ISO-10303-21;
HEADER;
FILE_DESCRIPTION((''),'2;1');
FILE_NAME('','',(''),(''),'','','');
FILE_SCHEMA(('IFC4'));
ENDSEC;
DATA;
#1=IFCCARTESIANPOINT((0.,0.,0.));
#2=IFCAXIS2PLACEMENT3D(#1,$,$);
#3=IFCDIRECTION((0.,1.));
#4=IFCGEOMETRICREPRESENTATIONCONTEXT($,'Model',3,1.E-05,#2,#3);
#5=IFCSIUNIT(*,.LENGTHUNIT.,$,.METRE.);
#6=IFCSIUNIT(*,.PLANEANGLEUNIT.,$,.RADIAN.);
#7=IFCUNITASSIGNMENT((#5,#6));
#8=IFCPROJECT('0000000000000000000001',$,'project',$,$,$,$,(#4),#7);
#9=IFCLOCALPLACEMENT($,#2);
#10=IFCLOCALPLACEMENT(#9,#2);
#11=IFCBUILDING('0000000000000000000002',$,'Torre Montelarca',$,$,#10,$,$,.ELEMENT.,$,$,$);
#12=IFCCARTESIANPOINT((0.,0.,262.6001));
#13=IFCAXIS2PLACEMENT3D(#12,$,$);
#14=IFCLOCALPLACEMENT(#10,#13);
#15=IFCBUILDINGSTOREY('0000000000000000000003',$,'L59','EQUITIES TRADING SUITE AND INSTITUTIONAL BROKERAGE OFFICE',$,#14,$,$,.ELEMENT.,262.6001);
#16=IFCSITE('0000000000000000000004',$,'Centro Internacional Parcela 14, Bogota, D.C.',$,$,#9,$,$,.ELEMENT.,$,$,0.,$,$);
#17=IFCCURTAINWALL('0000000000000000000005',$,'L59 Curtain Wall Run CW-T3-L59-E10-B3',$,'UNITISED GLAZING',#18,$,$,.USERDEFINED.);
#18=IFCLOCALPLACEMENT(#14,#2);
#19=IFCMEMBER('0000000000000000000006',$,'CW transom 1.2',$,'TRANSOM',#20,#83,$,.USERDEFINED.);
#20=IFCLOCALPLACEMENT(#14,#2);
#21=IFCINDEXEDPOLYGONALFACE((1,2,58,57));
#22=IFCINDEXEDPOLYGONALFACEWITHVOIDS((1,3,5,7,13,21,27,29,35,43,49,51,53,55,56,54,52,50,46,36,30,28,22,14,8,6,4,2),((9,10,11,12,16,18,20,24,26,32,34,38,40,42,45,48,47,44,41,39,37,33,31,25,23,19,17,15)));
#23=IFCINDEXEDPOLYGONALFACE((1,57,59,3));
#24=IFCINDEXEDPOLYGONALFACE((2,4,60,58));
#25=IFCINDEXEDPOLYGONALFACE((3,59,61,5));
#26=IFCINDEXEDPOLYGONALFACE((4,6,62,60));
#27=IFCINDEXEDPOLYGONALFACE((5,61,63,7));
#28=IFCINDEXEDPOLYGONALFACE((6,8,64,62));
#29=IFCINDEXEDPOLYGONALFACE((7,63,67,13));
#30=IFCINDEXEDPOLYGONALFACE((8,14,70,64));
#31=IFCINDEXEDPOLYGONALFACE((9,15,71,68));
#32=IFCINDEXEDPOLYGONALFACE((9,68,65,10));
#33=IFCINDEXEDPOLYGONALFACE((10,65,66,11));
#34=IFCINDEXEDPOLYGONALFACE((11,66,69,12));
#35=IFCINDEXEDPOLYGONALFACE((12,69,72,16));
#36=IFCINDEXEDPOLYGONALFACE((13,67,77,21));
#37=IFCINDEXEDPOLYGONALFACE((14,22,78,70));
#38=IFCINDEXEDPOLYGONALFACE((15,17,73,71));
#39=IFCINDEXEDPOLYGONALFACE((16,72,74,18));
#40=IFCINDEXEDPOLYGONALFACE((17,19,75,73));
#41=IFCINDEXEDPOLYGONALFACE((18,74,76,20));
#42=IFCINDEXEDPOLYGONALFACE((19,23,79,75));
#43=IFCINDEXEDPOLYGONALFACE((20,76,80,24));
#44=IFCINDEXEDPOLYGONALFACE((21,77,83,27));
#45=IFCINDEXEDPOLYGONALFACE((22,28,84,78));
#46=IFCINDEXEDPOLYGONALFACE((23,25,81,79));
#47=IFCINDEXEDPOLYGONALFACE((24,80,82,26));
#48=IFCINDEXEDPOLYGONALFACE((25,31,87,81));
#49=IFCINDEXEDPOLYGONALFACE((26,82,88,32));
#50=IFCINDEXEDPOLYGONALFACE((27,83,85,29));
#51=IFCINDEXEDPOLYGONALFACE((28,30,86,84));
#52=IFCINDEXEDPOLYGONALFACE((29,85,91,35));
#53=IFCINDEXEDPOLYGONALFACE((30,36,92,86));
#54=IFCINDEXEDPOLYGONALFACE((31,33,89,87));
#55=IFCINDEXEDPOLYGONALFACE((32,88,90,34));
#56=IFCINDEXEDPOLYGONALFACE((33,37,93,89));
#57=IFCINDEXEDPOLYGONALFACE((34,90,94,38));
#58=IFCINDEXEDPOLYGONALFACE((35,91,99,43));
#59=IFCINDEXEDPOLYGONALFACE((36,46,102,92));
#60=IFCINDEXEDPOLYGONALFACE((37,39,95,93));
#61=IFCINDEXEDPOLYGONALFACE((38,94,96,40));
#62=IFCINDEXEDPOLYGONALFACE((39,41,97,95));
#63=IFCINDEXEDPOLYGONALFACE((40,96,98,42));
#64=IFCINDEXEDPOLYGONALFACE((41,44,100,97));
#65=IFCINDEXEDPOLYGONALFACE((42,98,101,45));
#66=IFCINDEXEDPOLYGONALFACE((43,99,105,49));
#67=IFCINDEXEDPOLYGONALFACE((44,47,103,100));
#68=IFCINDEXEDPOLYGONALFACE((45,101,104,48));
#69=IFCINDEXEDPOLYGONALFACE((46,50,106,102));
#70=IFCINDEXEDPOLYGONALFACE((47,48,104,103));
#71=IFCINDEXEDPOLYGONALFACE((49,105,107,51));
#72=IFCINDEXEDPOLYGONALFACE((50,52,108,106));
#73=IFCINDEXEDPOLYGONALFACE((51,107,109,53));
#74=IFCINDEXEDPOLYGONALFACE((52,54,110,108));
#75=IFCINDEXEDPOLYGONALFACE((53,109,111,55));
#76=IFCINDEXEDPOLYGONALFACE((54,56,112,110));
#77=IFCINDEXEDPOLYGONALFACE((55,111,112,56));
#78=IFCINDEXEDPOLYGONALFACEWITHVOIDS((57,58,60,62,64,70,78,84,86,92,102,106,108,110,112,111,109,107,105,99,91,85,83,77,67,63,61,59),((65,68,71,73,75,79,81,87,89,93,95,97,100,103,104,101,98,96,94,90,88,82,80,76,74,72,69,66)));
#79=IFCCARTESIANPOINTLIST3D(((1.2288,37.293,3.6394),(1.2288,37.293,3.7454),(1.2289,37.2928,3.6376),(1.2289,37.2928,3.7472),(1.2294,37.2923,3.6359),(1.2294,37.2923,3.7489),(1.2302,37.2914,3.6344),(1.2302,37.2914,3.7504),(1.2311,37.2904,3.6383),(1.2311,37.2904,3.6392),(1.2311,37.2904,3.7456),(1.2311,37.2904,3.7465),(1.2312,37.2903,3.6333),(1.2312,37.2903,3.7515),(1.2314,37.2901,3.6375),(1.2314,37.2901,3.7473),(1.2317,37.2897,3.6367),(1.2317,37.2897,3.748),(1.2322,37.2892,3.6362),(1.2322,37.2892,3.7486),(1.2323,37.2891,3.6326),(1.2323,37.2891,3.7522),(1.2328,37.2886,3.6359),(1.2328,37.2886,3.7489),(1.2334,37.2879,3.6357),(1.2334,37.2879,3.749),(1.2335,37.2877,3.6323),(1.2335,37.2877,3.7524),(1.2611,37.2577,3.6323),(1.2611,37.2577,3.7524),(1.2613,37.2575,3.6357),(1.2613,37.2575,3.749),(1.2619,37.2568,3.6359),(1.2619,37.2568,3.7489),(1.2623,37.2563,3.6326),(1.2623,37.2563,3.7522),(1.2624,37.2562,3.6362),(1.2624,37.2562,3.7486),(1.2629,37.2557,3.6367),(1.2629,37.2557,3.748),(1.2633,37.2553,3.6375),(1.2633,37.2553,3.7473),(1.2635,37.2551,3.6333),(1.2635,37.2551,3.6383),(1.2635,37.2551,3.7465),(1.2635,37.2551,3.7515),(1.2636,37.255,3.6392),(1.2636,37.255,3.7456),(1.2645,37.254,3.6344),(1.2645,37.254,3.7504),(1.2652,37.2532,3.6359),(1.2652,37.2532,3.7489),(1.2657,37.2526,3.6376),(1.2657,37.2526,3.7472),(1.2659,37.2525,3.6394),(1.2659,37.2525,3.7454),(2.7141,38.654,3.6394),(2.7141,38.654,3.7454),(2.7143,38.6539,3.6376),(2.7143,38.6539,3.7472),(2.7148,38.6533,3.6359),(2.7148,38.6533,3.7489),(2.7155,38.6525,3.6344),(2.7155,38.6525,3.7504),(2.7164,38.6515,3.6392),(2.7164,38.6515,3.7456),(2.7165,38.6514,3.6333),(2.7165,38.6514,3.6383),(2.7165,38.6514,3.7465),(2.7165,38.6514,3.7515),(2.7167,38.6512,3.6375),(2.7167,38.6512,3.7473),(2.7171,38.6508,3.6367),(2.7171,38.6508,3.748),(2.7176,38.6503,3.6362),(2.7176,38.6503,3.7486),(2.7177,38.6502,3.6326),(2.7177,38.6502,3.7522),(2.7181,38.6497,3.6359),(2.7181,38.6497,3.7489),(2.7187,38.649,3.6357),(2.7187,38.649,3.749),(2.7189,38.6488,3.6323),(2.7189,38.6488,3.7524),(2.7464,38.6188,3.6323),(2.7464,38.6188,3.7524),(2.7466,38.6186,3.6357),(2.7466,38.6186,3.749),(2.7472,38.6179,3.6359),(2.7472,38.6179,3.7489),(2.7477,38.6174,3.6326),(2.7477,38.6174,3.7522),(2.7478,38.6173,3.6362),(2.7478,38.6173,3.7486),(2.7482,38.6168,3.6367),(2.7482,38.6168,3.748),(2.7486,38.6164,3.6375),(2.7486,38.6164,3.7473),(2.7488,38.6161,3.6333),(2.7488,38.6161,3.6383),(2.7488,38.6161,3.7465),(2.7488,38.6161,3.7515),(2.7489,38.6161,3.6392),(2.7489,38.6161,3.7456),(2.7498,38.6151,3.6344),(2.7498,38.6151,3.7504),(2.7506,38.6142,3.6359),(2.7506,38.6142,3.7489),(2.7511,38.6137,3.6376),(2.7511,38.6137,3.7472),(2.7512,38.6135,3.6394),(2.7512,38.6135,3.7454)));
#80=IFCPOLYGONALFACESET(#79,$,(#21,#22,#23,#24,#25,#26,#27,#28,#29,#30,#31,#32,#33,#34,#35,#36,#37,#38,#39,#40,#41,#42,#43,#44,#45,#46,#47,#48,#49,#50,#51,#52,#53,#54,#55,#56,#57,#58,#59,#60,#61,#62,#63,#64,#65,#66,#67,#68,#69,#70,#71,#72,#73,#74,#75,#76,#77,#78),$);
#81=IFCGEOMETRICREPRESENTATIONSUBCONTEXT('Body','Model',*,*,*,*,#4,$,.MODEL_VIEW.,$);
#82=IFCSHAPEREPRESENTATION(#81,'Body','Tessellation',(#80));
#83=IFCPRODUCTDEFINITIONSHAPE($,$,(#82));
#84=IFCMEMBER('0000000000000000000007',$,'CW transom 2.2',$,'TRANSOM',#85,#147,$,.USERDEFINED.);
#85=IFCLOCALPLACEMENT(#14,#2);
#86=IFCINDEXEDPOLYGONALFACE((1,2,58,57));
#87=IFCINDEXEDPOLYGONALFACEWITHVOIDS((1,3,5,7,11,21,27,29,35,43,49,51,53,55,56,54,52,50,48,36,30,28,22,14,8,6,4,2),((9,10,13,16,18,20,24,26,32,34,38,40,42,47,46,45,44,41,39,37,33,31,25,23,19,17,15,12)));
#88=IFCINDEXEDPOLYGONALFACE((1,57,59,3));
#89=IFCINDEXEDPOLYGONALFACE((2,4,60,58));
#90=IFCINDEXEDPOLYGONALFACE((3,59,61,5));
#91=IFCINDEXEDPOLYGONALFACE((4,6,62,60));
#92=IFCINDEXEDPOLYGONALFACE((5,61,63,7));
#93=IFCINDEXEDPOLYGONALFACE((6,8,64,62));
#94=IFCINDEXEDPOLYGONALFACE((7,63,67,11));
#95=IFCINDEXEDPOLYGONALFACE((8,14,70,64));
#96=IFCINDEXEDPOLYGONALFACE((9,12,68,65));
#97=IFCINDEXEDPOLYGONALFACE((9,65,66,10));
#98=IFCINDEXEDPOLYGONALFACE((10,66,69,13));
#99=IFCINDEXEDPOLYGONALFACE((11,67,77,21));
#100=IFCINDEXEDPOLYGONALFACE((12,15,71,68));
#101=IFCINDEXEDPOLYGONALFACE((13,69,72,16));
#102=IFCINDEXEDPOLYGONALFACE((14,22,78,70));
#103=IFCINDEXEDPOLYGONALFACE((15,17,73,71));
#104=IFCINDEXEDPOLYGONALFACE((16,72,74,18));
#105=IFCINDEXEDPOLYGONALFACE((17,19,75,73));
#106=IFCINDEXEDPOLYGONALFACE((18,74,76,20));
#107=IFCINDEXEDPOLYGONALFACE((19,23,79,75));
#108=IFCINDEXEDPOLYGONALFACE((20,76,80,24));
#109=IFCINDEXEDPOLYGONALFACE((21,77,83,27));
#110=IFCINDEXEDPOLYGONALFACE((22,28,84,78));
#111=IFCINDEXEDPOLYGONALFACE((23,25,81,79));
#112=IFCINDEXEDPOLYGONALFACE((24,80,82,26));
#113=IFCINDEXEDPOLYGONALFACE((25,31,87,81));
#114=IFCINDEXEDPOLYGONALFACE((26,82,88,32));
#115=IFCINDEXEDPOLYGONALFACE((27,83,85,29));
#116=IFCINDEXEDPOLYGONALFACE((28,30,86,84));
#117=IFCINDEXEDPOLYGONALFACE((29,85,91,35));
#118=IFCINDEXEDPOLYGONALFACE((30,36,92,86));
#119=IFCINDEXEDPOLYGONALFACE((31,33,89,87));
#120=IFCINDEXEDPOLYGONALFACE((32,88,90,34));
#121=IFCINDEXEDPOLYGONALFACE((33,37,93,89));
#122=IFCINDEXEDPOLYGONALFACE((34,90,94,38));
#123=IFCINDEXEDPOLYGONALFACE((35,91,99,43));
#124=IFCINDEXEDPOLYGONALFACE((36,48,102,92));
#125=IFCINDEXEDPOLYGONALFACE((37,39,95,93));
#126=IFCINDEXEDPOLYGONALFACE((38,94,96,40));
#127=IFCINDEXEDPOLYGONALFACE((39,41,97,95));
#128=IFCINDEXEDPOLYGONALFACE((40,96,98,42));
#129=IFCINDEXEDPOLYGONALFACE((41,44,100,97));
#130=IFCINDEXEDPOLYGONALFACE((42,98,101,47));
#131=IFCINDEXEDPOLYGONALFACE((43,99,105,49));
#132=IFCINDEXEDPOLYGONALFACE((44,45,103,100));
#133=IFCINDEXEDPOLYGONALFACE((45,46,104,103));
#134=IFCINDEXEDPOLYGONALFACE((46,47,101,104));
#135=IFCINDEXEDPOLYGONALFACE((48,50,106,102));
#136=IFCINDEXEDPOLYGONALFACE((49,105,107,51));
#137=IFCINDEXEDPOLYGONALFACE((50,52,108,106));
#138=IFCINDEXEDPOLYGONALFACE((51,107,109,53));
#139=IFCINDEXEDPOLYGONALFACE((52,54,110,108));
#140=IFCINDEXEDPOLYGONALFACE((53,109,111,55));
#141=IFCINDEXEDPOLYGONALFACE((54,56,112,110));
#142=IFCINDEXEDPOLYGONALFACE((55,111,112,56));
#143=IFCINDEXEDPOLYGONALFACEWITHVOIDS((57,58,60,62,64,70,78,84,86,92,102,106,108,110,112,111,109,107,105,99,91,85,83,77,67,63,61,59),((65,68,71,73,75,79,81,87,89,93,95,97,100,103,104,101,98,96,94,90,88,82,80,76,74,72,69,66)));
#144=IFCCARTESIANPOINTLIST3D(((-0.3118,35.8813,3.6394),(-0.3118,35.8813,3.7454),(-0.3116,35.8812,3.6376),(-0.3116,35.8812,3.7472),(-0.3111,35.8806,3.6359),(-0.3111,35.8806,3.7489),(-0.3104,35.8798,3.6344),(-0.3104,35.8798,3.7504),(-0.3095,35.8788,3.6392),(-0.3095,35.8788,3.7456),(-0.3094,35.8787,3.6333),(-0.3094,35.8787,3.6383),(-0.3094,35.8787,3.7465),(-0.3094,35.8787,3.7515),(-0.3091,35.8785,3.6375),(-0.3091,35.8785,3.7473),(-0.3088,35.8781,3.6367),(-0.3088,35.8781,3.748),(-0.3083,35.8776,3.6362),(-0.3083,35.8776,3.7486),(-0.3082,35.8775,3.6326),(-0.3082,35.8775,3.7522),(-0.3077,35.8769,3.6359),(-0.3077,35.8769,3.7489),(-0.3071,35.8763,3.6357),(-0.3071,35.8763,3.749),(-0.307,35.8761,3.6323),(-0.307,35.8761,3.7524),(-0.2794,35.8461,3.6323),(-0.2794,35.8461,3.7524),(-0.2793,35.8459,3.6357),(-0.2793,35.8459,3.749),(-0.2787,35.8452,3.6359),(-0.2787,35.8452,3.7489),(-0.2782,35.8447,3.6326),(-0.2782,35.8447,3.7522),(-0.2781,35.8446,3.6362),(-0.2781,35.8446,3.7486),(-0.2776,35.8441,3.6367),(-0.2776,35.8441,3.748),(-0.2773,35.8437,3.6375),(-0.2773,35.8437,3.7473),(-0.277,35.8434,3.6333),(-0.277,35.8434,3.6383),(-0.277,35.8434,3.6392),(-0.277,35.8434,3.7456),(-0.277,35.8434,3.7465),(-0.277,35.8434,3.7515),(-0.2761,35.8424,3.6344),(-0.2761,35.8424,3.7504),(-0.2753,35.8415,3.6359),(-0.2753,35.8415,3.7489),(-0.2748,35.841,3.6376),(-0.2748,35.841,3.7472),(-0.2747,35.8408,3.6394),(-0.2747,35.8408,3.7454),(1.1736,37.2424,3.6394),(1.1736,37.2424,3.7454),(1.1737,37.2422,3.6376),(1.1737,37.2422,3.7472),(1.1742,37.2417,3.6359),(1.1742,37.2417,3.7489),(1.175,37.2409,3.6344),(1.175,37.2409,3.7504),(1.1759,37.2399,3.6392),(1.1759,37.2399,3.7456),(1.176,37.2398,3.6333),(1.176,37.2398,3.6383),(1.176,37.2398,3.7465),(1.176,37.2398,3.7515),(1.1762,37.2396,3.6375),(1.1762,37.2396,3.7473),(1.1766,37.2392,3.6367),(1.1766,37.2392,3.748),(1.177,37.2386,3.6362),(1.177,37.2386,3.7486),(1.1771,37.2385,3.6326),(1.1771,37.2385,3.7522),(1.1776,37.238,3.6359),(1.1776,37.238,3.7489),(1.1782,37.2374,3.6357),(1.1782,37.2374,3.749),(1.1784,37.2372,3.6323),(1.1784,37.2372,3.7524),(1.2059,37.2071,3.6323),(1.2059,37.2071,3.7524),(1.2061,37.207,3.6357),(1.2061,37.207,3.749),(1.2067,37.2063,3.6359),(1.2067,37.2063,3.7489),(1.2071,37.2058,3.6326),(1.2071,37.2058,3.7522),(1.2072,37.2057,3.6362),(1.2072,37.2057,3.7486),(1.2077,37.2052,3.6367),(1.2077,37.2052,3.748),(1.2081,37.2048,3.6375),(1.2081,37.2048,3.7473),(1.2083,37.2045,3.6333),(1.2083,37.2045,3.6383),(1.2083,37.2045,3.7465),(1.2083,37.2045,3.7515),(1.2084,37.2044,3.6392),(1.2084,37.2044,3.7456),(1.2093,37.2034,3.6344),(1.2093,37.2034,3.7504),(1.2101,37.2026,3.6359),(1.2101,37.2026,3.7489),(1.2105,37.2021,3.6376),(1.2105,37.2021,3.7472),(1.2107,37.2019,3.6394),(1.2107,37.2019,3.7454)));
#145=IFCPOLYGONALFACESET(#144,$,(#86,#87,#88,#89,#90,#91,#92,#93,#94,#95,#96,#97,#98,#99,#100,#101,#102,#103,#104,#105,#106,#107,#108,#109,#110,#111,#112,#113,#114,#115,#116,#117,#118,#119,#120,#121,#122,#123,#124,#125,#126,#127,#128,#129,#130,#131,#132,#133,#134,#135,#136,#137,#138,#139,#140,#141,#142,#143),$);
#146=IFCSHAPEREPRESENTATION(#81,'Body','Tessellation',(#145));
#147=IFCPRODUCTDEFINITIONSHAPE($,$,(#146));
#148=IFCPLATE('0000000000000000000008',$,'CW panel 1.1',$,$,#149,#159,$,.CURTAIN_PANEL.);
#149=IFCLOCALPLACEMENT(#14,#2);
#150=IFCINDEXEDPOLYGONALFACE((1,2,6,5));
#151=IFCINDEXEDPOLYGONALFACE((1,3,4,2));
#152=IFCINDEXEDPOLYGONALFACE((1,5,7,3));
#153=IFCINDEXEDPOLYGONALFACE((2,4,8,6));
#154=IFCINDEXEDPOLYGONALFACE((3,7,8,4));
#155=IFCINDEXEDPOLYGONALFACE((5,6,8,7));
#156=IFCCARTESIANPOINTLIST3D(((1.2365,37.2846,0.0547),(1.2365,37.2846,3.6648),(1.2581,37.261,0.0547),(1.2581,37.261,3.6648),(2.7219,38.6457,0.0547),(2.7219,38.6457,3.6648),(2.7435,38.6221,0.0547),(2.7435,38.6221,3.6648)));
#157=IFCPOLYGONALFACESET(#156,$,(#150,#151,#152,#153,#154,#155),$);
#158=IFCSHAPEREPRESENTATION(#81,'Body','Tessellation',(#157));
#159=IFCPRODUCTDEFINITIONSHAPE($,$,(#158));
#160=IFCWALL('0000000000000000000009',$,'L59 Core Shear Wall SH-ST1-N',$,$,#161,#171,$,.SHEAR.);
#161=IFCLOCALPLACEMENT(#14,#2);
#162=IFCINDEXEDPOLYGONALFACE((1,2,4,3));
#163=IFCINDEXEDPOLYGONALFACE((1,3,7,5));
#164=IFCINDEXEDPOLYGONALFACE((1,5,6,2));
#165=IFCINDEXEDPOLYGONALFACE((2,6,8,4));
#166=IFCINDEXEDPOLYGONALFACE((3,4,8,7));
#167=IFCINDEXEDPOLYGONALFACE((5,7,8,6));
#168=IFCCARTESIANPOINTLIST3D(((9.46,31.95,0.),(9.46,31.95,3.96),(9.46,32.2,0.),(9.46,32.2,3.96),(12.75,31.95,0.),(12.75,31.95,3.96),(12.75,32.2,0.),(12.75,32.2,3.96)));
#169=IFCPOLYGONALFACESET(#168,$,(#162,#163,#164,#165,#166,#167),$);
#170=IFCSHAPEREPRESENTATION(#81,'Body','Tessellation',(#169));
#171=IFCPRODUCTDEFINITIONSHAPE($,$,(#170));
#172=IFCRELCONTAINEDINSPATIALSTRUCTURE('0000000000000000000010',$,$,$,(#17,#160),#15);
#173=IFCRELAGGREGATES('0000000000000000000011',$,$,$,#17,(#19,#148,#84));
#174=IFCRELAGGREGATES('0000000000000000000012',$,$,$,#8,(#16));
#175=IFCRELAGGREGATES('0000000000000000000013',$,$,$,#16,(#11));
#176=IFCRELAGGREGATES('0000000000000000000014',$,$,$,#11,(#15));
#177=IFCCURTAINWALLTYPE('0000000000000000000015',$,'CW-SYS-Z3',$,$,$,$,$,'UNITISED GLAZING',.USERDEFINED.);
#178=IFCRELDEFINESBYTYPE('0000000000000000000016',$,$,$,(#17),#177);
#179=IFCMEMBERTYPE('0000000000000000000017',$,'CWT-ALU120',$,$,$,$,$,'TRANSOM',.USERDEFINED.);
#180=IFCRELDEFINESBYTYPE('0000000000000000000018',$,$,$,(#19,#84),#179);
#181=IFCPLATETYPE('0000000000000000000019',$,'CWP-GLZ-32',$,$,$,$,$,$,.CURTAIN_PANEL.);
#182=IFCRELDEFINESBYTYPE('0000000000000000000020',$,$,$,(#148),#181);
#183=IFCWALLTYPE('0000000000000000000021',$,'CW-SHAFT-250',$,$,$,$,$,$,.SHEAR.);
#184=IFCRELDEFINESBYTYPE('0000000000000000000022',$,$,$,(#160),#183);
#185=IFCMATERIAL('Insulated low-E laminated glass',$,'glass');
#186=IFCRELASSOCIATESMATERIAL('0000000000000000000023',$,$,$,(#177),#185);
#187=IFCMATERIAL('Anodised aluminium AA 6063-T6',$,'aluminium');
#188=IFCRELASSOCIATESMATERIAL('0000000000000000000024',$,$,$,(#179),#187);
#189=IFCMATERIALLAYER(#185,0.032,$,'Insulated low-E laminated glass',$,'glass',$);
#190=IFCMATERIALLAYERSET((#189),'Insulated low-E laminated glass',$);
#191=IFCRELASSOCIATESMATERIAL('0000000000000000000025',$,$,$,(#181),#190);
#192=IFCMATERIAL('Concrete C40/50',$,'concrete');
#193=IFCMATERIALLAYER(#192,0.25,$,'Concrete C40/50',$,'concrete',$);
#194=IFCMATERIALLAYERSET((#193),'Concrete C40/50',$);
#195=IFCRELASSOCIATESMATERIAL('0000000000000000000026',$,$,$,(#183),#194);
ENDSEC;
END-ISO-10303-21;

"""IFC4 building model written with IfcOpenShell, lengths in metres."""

from ifc_helpers import new_model, si_unit, direction, frame, frame_2d, origin, origin_2d, place, context, subcontext, project, spatial, rectangle, hollow_rectangle, extrude, source, transform, mapped, material, layer, layer_set, material_profile, profile_set, type_object, element, aggregate, save


model = new_model("IFC4")

# Units and contexts
model_context = context("Model", 3, precision=1e-05, world=origin(), true_north=direction((0.0, 1.0)))
body_context = subcontext(model_context, "Body", "Model", "MODEL_VIEW")
ifc_project = project(units=[si_unit("LENGTHUNIT", "METRE"), si_unit("PLANEANGLEUNIT", "RADIAN")], contexts=[model_context])

# Site, building, storey
site_placement = place(None, origin())
site = spatial("IfcSite", under=ifc_project, at=site_placement, Name="Centro Internacional Parcela 14, Bogota, D.C.", CompositionType="ELEMENT", RefElevation=0.0)
building_placement = place(site_placement, origin())
building = spatial("IfcBuilding", under=site, at=building_placement, Name="Torre Montelarca", CompositionType="ELEMENT")
storey_placement = place(building_placement, frame((0.0, 0.0, 262.6001)))
storey = spatial("IfcBuildingStorey", under=building, at=storey_placement, Name="L59", Description="EQUITIES TRADING SUITE AND INSTITUTIONAL BROKERAGE OFFICE", CompositionType="ELEMENT", Elevation=262.6001)

# Curtain wall, members, plate
ifc_material_1 = material(Name="Insulated low-E laminated glass", Category="glass")
curtain_wall_type = type_object("IfcCurtainWallType", Name="CW-SYS-Z3", ElementType="UNITISED GLAZING", PredefinedType="USERDEFINED", material=ifc_material_1)
curtain_wall_placement = place(storey_placement, origin())
curtain_wall = element("IfcCurtainWall", 1, at=curtain_wall_placement, inside=storey, type_object=curtain_wall_type, Name="L59 Curtain Wall Run CW-T3-L59-E10-B3", ObjectType="UNITISED GLAZING", PredefinedType="USERDEFINED")
ifc_material_2 = material(Name="Anodised aluminium AA 6063-T6", Category="aluminium")
ifc_material_profile_1 = material_profile(ifc_material_2, hollow_rectangle(XDim=0.0549, YDim=0.1201, WallThickness=0.0034, InnerFilletRadius=0.0034, OuterFilletRadius=0.0071, at=origin_2d()), Name="ALU55X120X3.5", Category="aluminium")
ifc_profile_set_1 = profile_set([ifc_material_profile_1], Name="Anodised aluminium AA 6063-T6")
member_type_1 = type_object("IfcMemberType", Name="CWT-ALU120", ElementType="TRANSOM", PredefinedType="USERDEFINED", material=ifc_profile_set_1)
shared_shape_1 = source(origin(), body_context, "Body", "SweptSolid", [
    extrude(hollow_rectangle(XDim=0.0549, YDim=0.1201, WallThickness=0.0034, InnerFilletRadius=0.0034, OuterFilletRadius=0.0071, at=origin_2d()), origin(), (0.0, 0.0, 1.0), 2.0146),
])
member_1_placement = place(storey_placement, frame((2.7327, 38.6338, 3.6924), z_axis=(-0.737275, -0.675593, 0.0), x_axis=(0.675593, -0.737275, 0.0)))
member_1 = element("IfcMember", 2, at=member_1_placement, type_object=member_type_1, Name="CW transom 1.2", ObjectType="TRANSOM", PredefinedType="USERDEFINED", context=body_context, shape_type="MappedRepresentation", body=[
    mapped(shared_shape_1, transform((0.0, 0.0, 0.0), scale=1.0)),
])
member_2_placement = place(storey_placement, frame((1.1921, 37.2222, 3.6924), z_axis=(-0.737275, -0.675593, 0.0), x_axis=(0.675593, -0.737275, 0.0)))
member_2 = element("IfcMember", 3, at=member_2_placement, type_object=member_type_1, Name="CW transom 2.2", ObjectType="TRANSOM", PredefinedType="USERDEFINED", context=body_context, shape_type="MappedRepresentation", body=[
    mapped(shared_shape_1, transform((0.0, 0.0, 0.0), scale=1.0)),
])
ifc_layer_1 = layer(ifc_material_1, 0.032, Name="Insulated low-E laminated glass", Category="glass")
ifc_layer_set_1 = layer_set([ifc_layer_1], Name="Insulated low-E laminated glass")
plate_type = type_object("IfcPlateType", Name="CWP-GLZ-32", PredefinedType="CURTAIN_PANEL", material=ifc_layer_set_1)
shared_shape_2 = source(origin(), body_context, "Body", "SweptSolid", [
    extrude(rectangle(XDim=2.0146, YDim=0.032, at=origin_2d()), origin(), (0.0, 0.0, 1.0), 3.6101),
])
plate_placement = place(storey_placement, frame((1.99, 37.9534, 0.0547), z_axis=(0.0, 0.0, 1.0), x_axis=(-0.737285, -0.675582, 0.0)))
plate = element("IfcPlate", 4, at=plate_placement, type_object=plate_type, Name="CW panel 1.1", PredefinedType="CURTAIN_PANEL", context=body_context, shape_type="MappedRepresentation", body=[
    mapped(shared_shape_2, transform((0.0, 0.0, 0.0), scale=1.0)),
])
aggregate(curtain_wall, [member_1, plate, member_2])

# Wall
ifc_material_3 = material(Name="Concrete C40/50", Category="concrete")
ifc_layer_2 = layer(ifc_material_3, 0.25, Name="Concrete C40/50", Category="concrete")
ifc_layer_set_2 = layer_set([ifc_layer_2], Name="Concrete C40/50")
wall_type_1 = type_object("IfcWallType", Name="CW-SHAFT-250", PredefinedType="SHEAR", material=ifc_layer_set_2)
wall_1_placement = place(storey_placement, frame((9.46, 32.075, 0.0), z_axis=(0.0, 0.0, 1.0), x_axis=(1.0, 0.0, 0.0)))
element("IfcWall", 5, at=wall_1_placement, inside=storey, type_object=wall_type_1, Name="L59 Core Shear Wall SH-ST1-N", PredefinedType="SHEAR", context=body_context, shape_type="SweptSolid", body=[
    extrude(rectangle(XDim=3.29, YDim=0.25, at=frame_2d((1.645, 0.0))), origin(), (0.0, 0.0, 1.0), 3.96),
])

save(model, "model.ifc")
